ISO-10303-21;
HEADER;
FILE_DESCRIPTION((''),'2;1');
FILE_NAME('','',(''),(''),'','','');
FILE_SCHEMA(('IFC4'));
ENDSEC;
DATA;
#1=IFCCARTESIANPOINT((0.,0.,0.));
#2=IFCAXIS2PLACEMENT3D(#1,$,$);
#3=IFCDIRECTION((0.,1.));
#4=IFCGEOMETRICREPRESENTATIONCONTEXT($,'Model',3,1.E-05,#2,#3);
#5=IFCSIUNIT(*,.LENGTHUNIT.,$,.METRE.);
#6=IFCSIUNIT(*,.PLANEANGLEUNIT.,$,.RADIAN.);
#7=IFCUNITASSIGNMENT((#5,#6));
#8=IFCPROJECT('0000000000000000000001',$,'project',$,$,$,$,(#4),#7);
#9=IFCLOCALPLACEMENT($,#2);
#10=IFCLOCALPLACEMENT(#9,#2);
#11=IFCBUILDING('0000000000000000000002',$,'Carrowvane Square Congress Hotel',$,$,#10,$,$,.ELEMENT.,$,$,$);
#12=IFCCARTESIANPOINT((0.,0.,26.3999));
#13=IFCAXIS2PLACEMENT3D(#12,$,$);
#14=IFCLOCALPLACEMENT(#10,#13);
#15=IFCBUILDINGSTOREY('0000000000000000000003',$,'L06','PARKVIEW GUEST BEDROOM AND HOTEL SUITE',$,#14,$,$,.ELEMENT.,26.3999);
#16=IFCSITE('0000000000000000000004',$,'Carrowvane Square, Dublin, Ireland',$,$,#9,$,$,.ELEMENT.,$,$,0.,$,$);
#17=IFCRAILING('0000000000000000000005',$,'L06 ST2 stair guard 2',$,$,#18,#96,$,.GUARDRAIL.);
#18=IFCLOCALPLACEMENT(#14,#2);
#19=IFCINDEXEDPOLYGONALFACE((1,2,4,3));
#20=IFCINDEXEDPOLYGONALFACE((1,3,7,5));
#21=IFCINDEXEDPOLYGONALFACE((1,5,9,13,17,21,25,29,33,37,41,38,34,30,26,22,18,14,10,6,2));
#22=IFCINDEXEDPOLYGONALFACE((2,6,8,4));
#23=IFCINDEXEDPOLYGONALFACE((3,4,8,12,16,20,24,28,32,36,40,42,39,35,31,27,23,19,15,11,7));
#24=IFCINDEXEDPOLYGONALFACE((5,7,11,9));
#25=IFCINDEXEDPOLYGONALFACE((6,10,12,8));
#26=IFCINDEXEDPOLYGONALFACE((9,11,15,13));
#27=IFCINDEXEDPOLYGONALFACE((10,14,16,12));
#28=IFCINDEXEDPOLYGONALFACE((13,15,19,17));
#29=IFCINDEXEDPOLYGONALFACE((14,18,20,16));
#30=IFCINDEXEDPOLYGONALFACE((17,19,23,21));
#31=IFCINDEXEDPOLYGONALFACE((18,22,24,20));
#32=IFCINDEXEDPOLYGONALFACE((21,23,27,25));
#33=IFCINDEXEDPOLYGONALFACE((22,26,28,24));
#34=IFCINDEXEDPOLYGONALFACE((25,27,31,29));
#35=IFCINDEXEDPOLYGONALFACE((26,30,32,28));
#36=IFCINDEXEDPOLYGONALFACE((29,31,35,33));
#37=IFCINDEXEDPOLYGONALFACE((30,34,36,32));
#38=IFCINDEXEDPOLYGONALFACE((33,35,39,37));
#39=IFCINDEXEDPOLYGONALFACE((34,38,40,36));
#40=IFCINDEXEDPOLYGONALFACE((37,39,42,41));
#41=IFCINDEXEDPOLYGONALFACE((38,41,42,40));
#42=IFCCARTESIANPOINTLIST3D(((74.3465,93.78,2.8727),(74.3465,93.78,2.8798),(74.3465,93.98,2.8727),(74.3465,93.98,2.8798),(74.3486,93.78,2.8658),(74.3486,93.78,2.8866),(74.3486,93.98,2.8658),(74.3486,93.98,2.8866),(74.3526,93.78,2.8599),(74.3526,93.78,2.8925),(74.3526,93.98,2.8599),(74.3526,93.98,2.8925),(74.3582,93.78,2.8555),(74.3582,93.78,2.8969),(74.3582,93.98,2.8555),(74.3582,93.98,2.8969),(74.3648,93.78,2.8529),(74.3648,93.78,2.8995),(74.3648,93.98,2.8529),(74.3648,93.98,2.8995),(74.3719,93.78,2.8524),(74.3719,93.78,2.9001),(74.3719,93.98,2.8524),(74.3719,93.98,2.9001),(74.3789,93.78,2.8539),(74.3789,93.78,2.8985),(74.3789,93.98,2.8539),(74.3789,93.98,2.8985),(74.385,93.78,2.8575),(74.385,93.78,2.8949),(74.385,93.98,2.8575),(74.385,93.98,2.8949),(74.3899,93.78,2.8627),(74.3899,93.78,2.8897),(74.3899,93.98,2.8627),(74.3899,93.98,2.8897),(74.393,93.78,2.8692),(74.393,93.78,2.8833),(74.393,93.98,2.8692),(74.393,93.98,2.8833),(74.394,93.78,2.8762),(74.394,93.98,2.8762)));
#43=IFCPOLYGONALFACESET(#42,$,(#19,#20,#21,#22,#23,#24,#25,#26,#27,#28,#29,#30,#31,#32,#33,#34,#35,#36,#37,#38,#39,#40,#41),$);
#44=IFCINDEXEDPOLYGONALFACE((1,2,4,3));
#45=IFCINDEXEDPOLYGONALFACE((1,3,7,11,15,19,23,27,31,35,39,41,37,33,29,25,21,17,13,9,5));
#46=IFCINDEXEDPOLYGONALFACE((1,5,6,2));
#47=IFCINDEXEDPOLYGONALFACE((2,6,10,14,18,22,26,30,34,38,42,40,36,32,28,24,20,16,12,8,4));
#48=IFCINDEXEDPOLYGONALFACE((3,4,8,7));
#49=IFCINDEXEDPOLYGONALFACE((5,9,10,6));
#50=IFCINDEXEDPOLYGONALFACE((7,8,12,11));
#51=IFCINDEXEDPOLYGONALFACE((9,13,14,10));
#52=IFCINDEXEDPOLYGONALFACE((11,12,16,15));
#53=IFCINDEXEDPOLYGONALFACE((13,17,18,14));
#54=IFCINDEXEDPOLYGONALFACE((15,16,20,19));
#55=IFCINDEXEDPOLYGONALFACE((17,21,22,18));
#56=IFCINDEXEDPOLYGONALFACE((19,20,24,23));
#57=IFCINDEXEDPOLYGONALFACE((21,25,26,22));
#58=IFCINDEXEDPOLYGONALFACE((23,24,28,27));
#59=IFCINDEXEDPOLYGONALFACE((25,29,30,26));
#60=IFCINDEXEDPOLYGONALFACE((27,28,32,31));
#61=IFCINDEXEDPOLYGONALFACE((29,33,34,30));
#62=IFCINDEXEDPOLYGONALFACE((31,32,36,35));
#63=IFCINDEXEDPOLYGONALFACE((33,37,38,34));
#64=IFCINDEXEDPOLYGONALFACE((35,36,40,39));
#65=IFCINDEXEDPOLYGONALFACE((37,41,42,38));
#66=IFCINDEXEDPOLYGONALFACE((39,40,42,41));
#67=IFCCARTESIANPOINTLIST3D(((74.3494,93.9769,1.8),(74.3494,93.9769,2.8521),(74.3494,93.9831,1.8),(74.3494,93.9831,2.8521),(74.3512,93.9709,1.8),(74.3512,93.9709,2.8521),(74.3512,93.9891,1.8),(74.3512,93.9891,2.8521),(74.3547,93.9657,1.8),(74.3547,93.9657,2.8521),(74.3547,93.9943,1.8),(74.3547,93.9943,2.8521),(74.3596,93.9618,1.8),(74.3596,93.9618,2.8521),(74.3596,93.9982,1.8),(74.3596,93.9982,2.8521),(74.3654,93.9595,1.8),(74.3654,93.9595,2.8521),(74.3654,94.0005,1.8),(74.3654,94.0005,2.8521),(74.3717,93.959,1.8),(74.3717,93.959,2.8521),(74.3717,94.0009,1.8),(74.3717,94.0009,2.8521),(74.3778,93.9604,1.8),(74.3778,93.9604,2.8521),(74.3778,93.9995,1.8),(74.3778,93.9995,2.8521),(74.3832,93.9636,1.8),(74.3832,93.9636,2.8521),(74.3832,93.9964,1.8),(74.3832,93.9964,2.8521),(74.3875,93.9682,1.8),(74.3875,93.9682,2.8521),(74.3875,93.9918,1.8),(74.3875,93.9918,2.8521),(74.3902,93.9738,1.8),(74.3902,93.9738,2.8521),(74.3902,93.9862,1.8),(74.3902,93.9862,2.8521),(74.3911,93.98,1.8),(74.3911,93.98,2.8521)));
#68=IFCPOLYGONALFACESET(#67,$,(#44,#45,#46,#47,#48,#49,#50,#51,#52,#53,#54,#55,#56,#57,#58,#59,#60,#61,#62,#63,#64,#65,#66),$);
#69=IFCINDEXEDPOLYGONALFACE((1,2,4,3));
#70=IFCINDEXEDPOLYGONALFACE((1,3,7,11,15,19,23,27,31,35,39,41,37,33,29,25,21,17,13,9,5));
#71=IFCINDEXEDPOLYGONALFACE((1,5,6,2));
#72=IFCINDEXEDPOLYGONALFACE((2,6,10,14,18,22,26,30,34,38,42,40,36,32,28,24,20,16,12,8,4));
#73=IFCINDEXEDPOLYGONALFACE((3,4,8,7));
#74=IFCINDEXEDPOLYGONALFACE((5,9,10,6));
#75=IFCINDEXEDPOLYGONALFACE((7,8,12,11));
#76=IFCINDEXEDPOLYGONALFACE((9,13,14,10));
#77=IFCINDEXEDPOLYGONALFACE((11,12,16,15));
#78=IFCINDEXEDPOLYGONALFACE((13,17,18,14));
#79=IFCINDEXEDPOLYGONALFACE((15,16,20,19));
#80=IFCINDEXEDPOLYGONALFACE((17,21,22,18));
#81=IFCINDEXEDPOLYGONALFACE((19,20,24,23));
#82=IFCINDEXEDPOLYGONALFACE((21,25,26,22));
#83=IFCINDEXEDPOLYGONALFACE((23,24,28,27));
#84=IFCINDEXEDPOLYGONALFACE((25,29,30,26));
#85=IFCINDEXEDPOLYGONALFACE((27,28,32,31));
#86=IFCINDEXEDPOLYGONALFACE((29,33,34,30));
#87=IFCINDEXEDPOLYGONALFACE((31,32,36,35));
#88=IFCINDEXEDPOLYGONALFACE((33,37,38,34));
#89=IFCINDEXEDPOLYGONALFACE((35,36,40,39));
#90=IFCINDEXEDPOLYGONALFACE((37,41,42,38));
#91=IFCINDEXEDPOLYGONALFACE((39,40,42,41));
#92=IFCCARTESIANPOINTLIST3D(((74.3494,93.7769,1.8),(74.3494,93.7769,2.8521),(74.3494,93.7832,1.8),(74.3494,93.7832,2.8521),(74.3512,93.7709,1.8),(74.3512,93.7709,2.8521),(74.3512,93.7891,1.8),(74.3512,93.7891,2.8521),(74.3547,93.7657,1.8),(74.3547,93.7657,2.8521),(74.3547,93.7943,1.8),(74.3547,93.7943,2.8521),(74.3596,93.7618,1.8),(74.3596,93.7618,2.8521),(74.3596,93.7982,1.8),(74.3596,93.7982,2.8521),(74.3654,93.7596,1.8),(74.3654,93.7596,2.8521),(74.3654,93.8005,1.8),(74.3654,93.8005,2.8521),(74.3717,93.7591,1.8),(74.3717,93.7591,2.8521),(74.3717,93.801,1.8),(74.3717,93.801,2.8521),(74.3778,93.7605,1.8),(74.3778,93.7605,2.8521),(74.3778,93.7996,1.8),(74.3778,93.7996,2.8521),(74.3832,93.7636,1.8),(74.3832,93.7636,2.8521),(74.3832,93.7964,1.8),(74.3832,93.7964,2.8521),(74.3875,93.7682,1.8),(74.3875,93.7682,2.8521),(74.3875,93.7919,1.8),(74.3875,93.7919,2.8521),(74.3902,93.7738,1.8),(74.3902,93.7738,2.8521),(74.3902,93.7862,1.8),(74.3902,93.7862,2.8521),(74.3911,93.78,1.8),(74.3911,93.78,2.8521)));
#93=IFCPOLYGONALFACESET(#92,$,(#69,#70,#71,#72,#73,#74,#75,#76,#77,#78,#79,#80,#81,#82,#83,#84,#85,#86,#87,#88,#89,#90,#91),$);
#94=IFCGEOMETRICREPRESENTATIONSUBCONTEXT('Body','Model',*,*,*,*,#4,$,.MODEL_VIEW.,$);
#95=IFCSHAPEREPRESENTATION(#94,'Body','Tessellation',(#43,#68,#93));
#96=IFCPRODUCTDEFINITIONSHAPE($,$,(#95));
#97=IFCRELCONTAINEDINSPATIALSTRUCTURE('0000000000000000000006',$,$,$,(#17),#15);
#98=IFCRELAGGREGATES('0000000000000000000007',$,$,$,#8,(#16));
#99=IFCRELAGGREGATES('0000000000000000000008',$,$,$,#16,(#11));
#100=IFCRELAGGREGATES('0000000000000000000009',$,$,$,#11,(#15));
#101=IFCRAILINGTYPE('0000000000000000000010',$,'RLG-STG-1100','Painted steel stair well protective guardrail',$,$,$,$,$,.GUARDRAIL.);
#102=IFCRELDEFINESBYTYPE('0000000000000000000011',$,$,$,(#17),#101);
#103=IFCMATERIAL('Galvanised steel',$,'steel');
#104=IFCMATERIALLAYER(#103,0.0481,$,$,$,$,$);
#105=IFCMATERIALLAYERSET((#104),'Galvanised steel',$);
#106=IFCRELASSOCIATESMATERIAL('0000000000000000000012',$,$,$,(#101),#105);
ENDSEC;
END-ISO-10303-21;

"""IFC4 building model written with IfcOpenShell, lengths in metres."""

from ifc_helpers import new_model, si_unit, direction, frame, origin, origin_2d, place, context, subcontext, project, spatial, circle, extrude, material, layer, layer_set, type_object, element, save


model = new_model("IFC4")

# Units and contexts
model_context = context("Model", 3, precision=1e-05, world=origin(), true_north=direction((0.0, 1.0)))
body_context = subcontext(model_context, "Body", "Model", "MODEL_VIEW")
ifc_project = project(units=[si_unit("LENGTHUNIT", "METRE"), si_unit("PLANEANGLEUNIT", "RADIAN")], contexts=[model_context])

# Site, building, storey
site_placement = place(None, origin())
site = spatial("IfcSite", under=ifc_project, at=site_placement, Name="Carrowvane Square, Dublin, Ireland", CompositionType="ELEMENT", RefElevation=0.0)
building_placement = place(site_placement, origin())
building = spatial("IfcBuilding", under=site, at=building_placement, Name="Carrowvane Square Congress Hotel", CompositionType="ELEMENT")
storey_placement = place(building_placement, frame((0.0, 0.0, 26.3999)))
storey = spatial("IfcBuildingStorey", under=building, at=storey_placement, Name="L06", Description="PARKVIEW GUEST BEDROOM AND HOTEL SUITE", CompositionType="ELEMENT", Elevation=26.3999)

# Railing
ifc_material_1 = material(Name="Galvanised steel", Category="steel")
ifc_layer_1 = layer(ifc_material_1, 0.0481)
ifc_layer_set_1 = layer_set([ifc_layer_1], Name="Galvanised steel")
railing_type_1 = type_object("IfcRailingType", Name="RLG-STG-1100", Description="Painted steel stair well protective guardrail", PredefinedType="GUARDRAIL", material=ifc_layer_set_1)
railing_1_placement = place(storey_placement, frame((74.3701, 93.98, 1.8)))
element("IfcRailing", 1, at=railing_1_placement, inside=storey, type_object=railing_type_1, Name="L06 ST2 stair guard 2", PredefinedType="GUARDRAIL", context=body_context, shape_type="SweptSolid", body=[
    extrude(circle(Radius=0.0239, at=origin_2d()), frame((0.0, 0.0, 1.0762), z_axis=(0.0, -1.0, 0.0), x_axis=(1.0, 0.0, 0.0)), (0.0, 0.0, 1.0), 0.2),
    extrude(circle(Radius=0.021, at=origin_2d()), origin(), (0.0, 0.0, 1.0), 1.052),
    extrude(circle(Radius=0.021, at=origin_2d()), frame((0.0, -0.2, 0.0)), (0.0, 0.0, 1.0), 1.052),
])

save(model, "model.ifc")
